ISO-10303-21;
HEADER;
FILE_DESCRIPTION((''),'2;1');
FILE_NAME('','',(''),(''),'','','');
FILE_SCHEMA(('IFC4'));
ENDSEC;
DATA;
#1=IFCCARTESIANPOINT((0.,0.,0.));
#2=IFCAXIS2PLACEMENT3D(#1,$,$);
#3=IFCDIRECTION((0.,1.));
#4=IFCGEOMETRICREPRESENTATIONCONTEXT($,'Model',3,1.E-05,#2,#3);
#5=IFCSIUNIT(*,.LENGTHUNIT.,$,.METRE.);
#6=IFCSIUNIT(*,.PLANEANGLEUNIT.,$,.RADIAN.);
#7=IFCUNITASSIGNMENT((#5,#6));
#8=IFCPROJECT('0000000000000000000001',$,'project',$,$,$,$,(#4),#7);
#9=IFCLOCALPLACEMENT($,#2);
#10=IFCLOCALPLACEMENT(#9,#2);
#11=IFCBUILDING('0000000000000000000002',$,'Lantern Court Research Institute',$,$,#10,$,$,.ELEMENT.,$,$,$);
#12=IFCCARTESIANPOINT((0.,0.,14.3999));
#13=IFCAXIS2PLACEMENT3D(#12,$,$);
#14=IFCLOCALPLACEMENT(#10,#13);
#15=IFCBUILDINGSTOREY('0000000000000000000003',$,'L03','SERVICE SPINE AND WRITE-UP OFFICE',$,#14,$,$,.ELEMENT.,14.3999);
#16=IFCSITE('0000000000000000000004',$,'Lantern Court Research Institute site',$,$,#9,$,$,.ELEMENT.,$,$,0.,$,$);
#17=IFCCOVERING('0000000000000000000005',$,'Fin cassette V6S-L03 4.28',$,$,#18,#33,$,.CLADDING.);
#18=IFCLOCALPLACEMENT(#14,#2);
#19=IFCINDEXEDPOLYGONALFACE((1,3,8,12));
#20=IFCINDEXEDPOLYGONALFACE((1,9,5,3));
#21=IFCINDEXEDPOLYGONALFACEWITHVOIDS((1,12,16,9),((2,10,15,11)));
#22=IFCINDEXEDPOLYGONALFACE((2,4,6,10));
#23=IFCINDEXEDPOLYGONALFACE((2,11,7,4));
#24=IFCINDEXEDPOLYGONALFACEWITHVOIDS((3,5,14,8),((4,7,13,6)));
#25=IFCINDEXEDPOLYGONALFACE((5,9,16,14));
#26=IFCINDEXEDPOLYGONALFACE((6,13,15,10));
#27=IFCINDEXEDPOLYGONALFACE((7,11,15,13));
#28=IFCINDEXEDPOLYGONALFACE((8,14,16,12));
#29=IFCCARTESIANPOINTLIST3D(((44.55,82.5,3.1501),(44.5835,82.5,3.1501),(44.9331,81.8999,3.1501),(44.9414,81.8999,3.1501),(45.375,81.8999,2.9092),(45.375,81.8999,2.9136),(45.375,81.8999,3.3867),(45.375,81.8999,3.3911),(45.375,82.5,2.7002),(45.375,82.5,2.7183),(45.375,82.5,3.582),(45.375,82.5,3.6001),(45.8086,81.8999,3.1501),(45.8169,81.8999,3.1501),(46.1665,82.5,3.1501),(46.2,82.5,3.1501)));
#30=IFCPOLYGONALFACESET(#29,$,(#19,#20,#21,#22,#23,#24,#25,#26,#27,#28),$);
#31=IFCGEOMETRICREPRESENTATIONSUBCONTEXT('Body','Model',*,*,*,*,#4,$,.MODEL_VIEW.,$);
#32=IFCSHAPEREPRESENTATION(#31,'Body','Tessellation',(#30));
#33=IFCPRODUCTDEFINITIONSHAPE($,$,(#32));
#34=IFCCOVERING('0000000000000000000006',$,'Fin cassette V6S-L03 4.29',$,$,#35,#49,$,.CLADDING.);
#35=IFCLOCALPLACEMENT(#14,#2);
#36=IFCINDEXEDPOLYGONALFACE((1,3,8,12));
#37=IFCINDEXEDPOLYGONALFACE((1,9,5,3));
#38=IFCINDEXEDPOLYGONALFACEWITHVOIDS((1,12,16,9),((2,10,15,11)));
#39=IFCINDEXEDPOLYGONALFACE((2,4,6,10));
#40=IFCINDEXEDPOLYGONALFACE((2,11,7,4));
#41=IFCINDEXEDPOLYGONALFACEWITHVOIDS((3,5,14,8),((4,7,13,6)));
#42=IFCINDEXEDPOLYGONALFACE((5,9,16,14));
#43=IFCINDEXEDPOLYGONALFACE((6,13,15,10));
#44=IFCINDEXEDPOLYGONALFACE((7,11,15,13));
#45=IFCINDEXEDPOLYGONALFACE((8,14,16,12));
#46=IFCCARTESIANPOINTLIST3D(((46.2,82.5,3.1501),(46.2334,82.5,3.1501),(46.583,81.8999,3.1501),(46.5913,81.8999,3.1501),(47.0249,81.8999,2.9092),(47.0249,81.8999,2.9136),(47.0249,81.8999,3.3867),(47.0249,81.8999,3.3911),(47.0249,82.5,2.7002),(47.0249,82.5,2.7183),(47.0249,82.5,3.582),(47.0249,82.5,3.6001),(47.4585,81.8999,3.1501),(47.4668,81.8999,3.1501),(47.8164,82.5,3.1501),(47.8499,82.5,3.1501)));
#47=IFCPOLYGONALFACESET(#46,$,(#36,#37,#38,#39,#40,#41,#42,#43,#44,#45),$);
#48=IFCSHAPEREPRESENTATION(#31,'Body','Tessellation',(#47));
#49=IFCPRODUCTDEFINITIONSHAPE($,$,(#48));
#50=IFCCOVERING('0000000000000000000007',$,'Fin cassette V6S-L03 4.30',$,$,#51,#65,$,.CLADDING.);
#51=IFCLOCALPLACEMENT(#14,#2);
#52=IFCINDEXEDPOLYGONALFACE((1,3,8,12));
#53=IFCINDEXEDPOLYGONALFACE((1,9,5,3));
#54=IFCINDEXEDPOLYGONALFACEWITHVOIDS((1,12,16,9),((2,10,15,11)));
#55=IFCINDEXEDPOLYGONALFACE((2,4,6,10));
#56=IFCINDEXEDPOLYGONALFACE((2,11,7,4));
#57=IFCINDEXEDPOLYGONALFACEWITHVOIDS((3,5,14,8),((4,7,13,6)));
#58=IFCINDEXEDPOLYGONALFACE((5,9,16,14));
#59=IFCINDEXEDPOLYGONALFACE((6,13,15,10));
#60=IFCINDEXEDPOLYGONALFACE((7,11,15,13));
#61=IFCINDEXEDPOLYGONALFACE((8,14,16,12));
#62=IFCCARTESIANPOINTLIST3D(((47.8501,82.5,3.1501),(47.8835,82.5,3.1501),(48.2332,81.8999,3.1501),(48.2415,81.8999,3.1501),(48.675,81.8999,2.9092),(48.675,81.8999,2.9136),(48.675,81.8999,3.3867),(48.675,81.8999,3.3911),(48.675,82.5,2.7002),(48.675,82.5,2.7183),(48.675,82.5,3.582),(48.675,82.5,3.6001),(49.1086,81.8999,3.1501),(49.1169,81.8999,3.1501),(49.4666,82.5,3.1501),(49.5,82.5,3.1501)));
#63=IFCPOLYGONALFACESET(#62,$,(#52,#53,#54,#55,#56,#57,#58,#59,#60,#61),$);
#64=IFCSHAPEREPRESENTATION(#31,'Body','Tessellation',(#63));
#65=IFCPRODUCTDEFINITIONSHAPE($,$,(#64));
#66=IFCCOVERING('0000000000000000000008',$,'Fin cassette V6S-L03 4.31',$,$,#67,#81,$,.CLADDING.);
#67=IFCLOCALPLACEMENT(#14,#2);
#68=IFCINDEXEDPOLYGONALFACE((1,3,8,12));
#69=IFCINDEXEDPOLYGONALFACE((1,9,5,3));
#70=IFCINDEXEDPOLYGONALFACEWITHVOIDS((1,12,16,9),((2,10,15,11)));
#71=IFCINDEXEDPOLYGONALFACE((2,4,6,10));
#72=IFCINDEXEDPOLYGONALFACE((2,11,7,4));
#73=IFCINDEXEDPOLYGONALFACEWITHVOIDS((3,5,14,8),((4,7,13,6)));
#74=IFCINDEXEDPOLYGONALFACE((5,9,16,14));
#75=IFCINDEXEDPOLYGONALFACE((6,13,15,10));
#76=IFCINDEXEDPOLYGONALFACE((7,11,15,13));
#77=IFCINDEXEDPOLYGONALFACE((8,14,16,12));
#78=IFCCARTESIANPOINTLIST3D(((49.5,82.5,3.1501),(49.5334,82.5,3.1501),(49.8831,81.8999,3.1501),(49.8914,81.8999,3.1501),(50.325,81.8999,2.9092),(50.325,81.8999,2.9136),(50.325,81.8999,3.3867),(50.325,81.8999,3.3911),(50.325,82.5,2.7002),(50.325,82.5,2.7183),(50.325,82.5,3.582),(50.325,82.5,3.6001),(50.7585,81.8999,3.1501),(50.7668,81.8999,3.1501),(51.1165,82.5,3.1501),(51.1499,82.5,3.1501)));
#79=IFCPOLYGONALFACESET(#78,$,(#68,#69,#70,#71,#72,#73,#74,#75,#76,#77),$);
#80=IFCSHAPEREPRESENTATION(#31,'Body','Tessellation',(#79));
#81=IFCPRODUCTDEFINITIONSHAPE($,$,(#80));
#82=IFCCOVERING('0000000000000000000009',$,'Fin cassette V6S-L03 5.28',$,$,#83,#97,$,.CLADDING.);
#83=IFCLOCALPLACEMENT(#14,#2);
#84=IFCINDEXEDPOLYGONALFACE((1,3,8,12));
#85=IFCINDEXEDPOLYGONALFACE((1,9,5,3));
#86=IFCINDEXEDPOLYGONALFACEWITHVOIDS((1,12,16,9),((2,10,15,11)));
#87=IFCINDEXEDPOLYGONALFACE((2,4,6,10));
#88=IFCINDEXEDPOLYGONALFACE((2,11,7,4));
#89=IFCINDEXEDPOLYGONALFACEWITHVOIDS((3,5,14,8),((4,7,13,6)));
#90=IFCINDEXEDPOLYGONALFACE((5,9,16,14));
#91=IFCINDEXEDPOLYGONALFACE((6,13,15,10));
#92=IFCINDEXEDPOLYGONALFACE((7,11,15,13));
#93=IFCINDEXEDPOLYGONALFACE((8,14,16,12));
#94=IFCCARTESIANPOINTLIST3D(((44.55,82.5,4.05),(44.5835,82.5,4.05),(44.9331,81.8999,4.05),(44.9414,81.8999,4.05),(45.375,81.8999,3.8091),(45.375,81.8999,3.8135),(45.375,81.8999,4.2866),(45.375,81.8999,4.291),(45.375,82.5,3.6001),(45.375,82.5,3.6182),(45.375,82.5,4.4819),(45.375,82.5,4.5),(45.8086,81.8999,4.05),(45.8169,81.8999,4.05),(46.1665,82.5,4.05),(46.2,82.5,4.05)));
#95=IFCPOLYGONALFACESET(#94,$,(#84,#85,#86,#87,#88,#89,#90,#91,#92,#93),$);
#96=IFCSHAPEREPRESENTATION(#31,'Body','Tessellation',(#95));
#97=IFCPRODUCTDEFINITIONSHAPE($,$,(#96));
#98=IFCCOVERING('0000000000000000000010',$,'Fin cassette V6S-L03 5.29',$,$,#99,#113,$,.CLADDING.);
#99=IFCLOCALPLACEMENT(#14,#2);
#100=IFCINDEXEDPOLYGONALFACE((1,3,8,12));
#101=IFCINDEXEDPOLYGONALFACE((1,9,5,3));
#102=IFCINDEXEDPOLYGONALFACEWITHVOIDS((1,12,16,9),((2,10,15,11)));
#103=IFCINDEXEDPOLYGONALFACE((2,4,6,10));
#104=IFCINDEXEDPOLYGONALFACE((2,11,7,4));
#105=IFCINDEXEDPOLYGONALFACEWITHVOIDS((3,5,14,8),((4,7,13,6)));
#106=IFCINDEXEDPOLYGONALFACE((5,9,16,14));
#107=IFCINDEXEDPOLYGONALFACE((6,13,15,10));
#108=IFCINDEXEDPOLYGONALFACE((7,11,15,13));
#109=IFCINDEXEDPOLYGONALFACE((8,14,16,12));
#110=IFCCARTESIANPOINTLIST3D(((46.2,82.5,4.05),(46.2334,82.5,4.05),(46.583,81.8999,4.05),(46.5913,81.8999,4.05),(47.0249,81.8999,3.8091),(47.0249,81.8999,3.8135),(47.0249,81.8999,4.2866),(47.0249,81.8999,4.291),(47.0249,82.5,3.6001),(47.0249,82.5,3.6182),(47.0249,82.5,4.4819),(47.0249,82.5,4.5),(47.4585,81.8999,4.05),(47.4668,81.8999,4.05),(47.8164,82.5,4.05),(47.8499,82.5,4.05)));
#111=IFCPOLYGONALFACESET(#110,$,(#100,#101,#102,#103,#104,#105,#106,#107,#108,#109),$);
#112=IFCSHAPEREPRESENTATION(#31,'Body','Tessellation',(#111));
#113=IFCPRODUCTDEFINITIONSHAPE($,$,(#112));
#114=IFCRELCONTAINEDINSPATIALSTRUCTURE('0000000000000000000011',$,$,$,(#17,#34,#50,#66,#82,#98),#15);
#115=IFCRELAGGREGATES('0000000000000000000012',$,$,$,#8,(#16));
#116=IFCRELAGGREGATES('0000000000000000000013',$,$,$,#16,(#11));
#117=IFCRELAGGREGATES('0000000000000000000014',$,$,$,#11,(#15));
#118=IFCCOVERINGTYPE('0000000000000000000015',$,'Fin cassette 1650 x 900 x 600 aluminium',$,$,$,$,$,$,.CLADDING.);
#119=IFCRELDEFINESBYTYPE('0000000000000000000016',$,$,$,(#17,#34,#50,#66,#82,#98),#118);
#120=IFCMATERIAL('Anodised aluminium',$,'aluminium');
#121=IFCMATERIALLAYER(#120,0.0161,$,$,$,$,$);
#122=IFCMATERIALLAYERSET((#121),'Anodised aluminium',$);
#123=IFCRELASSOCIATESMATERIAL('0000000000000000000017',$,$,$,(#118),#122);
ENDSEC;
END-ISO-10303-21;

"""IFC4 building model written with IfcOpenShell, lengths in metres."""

from ifc_helpers import new_model, entity, si_unit, direction, frame, origin, place, context, subcontext, project, spatial, material, layer, layer_set, type_object, element, save


model = new_model("IFC4")

# Units and contexts
model_context = context("Model", 3, precision=1e-05, world=origin(), true_north=direction((0.0, 1.0)))
body_context = subcontext(model_context, "Body", "Model", "MODEL_VIEW")
ifc_project = project(units=[si_unit("LENGTHUNIT", "METRE"), si_unit("PLANEANGLEUNIT", "RADIAN")], contexts=[model_context])

# Site, building, storey
site_placement = place(None, origin())
site = spatial("IfcSite", under=ifc_project, at=site_placement, Name="Lantern Court Research Institute site", CompositionType="ELEMENT", RefElevation=0.0)
building_placement = place(site_placement, origin())
building = spatial("IfcBuilding", under=site, at=building_placement, Name="Lantern Court Research Institute", CompositionType="ELEMENT")
storey_placement = place(building_placement, frame((0.0, 0.0, 14.3999)))
storey = spatial("IfcBuildingStorey", under=building, at=storey_placement, Name="L03", Description="SERVICE SPINE AND WRITE-UP OFFICE", CompositionType="ELEMENT", Elevation=14.3999)

# Coverings
ifc_material_1 = material(Name="Anodised aluminium", Category="aluminium")
ifc_layer_1 = layer(ifc_material_1, 0.0161)
ifc_layer_set_1 = layer_set([ifc_layer_1], Name="Anodised aluminium")
covering_type = type_object("IfcCoveringType", Name="Fin cassette 1650 x 900 x 600 aluminium", PredefinedType="CLADDING", material=ifc_layer_set_1)
covering_1_placement = place(storey_placement, frame((45.375, 82.5, 3.1501), z_axis=(0.0, -1.0, 0.0), x_axis=(1.0, 0.0, 0.0)))
cartesian_point_1 = entity("IfcCartesianPoint", [0.825, 0.0])
cartesian_point_2 = entity("IfcCartesianPoint", [0.7915, 0.0])
cartesian_point_3 = entity("IfcCartesianPoint", [0.4419, 0.0])
cartesian_point_4 = entity("IfcCartesianPoint", [0.4336, 0.0])
element("IfcCovering", 1, at=covering_1_placement, inside=storey, type_object=covering_type, Name="Fin cassette V6S-L03 4.28", PredefinedType="CLADDING", context=body_context, shape_type="SweptSolid", body=[
    entity("IfcExtrudedAreaSolidTapered", entity("IfcArbitraryProfileDefWithVoids", "AREA", None, entity("IfcPolyline", [cartesian_point_1, entity("IfcCartesianPoint", [0.0, 0.45]), entity("IfcCartesianPoint", [-0.825, 0.0]), entity("IfcCartesianPoint", [0.0, -0.45]), cartesian_point_1]), [entity("IfcPolyline", [cartesian_point_2, entity("IfcCartesianPoint", [0.0, 0.4319]), entity("IfcCartesianPoint", [-0.7915, 0.0]), entity("IfcCartesianPoint", [0.0, -0.4319]), cartesian_point_2])]), entity("IfcAxis2Placement3D", entity("IfcCartesianPoint", [0.0, 0.0, 0.0])), entity("IfcDirection", [0.0, 0.0, 1.0]), 0.6001, entity("IfcArbitraryProfileDefWithVoids", "AREA", None, entity("IfcPolyline", [cartesian_point_3, entity("IfcCartesianPoint", [0.0, 0.241]), entity("IfcCartesianPoint", [-0.4419, 0.0]), entity("IfcCartesianPoint", [0.0, -0.241]), cartesian_point_3]), [entity("IfcPolyline", [cartesian_point_4, entity("IfcCartesianPoint", [0.0, 0.2366]), entity("IfcCartesianPoint", [-0.4336, 0.0]), entity("IfcCartesianPoint", [0.0, -0.2366]), cartesian_point_4])])),
])
covering_2_placement = place(storey_placement, frame((47.0249, 82.5, 3.1501), z_axis=(0.0, -1.0, 0.0), x_axis=(1.0, 0.0, 0.0)))
cartesian_point_5 = entity("IfcCartesianPoint", [0.825, 0.0])
cartesian_point_6 = entity("IfcCartesianPoint", [0.7915, 0.0])
cartesian_point_7 = entity("IfcCartesianPoint", [0.4419, 0.0])
cartesian_point_8 = entity("IfcCartesianPoint", [0.4336, 0.0])
element("IfcCovering", 2, at=covering_2_placement, inside=storey, type_object=covering_type, Name="Fin cassette V6S-L03 4.29", PredefinedType="CLADDING", context=body_context, shape_type="SweptSolid", body=[
    entity("IfcExtrudedAreaSolidTapered", entity("IfcArbitraryProfileDefWithVoids", "AREA", None, entity("IfcPolyline", [cartesian_point_5, entity("IfcCartesianPoint", [0.0, 0.45]), entity("IfcCartesianPoint", [-0.825, 0.0]), entity("IfcCartesianPoint", [0.0, -0.45]), cartesian_point_5]), [entity("IfcPolyline", [cartesian_point_6, entity("IfcCartesianPoint", [0.0, 0.4319]), entity("IfcCartesianPoint", [-0.7915, 0.0]), entity("IfcCartesianPoint", [0.0, -0.4319]), cartesian_point_6])]), entity("IfcAxis2Placement3D", entity("IfcCartesianPoint", [0.0, 0.0, 0.0])), entity("IfcDirection", [0.0, 0.0, 1.0]), 0.6001, entity("IfcArbitraryProfileDefWithVoids", "AREA", None, entity("IfcPolyline", [cartesian_point_7, entity("IfcCartesianPoint", [0.0, 0.241]), entity("IfcCartesianPoint", [-0.4419, 0.0]), entity("IfcCartesianPoint", [0.0, -0.241]), cartesian_point_7]), [entity("IfcPolyline", [cartesian_point_8, entity("IfcCartesianPoint", [0.0, 0.2366]), entity("IfcCartesianPoint", [-0.4336, 0.0]), entity("IfcCartesianPoint", [0.0, -0.2366]), cartesian_point_8])])),
])
covering_3_placement = place(storey_placement, frame((48.675, 82.5, 3.1501), z_axis=(0.0, -1.0, 0.0), x_axis=(1.0, 0.0, 0.0)))
cartesian_point_9 = entity("IfcCartesianPoint", [0.825, 0.0])
cartesian_point_10 = entity("IfcCartesianPoint", [0.7915, 0.0])
cartesian_point_11 = entity("IfcCartesianPoint", [0.4419, 0.0])
cartesian_point_12 = entity("IfcCartesianPoint", [0.4336, 0.0])
element("IfcCovering", 3, at=covering_3_placement, inside=storey, type_object=covering_type, Name="Fin cassette V6S-L03 4.30", PredefinedType="CLADDING", context=body_context, shape_type="SweptSolid", body=[
    entity("IfcExtrudedAreaSolidTapered", entity("IfcArbitraryProfileDefWithVoids", "AREA", None, entity("IfcPolyline", [cartesian_point_9, entity("IfcCartesianPoint", [0.0, 0.45]), entity("IfcCartesianPoint", [-0.825, 0.0]), entity("IfcCartesianPoint", [0.0, -0.45]), cartesian_point_9]), [entity("IfcPolyline", [cartesian_point_10, entity("IfcCartesianPoint", [0.0, 0.4319]), entity("IfcCartesianPoint", [-0.7915, 0.0]), entity("IfcCartesianPoint", [0.0, -0.4319]), cartesian_point_10])]), entity("IfcAxis2Placement3D", entity("IfcCartesianPoint", [0.0, 0.0, 0.0])), entity("IfcDirection", [0.0, 0.0, 1.0]), 0.6001, entity("IfcArbitraryProfileDefWithVoids", "AREA", None, entity("IfcPolyline", [cartesian_point_11, entity("IfcCartesianPoint", [0.0, 0.241]), entity("IfcCartesianPoint", [-0.4419, 0.0]), entity("IfcCartesianPoint", [0.0, -0.241]), cartesian_point_11]), [entity("IfcPolyline", [cartesian_point_12, entity("IfcCartesianPoint", [0.0, 0.2366]), entity("IfcCartesianPoint", [-0.4336, 0.0]), entity("IfcCartesianPoint", [0.0, -0.2366]), cartesian_point_12])])),
])
covering_4_placement = place(storey_placement, frame((50.325, 82.5, 3.1501), z_axis=(0.0, -1.0, 0.0), x_axis=(1.0, 0.0, 0.0)))
cartesian_point_13 = entity("IfcCartesianPoint", [0.825, 0.0])
cartesian_point_14 = entity("IfcCartesianPoint", [0.7915, 0.0])
cartesian_point_15 = entity("IfcCartesianPoint", [0.4419, 0.0])
cartesian_point_16 = entity("IfcCartesianPoint", [0.4336, 0.0])
element("IfcCovering", 4, at=covering_4_placement, inside=storey, type_object=covering_type, Name="Fin cassette V6S-L03 4.31", PredefinedType="CLADDING", context=body_context, shape_type="SweptSolid", body=[
    entity("IfcExtrudedAreaSolidTapered", entity("IfcArbitraryProfileDefWithVoids", "AREA", None, entity("IfcPolyline", [cartesian_point_13, entity("IfcCartesianPoint", [0.0, 0.45]), entity("IfcCartesianPoint", [-0.825, 0.0]), entity("IfcCartesianPoint", [0.0, -0.45]), cartesian_point_13]), [entity("IfcPolyline", [cartesian_point_14, entity("IfcCartesianPoint", [0.0, 0.4319]), entity("IfcCartesianPoint", [-0.7915, 0.0]), entity("IfcCartesianPoint", [0.0, -0.4319]), cartesian_point_14])]), entity("IfcAxis2Placement3D", entity("IfcCartesianPoint", [0.0, 0.0, 0.0])), entity("IfcDirection", [0.0, 0.0, 1.0]), 0.6001, entity("IfcArbitraryProfileDefWithVoids", "AREA", None, entity("IfcPolyline", [cartesian_point_15, entity("IfcCartesianPoint", [0.0, 0.241]), entity("IfcCartesianPoint", [-0.4419, 0.0]), entity("IfcCartesianPoint", [0.0, -0.241]), cartesian_point_15]), [entity("IfcPolyline", [cartesian_point_16, entity("IfcCartesianPoint", [0.0, 0.2366]), entity("IfcCartesianPoint", [-0.4336, 0.0]), entity("IfcCartesianPoint", [0.0, -0.2366]), cartesian_point_16])])),
])
covering_5_placement = place(storey_placement, frame((45.375, 82.5, 4.05), z_axis=(0.0, -1.0, 0.0), x_axis=(1.0, 0.0, 0.0)))
cartesian_point_17 = entity("IfcCartesianPoint", [0.825, 0.0])
cartesian_point_18 = entity("IfcCartesianPoint", [0.7915, 0.0])
cartesian_point_19 = entity("IfcCartesianPoint", [0.4419, 0.0])
cartesian_point_20 = entity("IfcCartesianPoint", [0.4336, 0.0])
element("IfcCovering", 5, at=covering_5_placement, inside=storey, type_object=covering_type, Name="Fin cassette V6S-L03 5.28", PredefinedType="CLADDING", context=body_context, shape_type="SweptSolid", body=[
    entity("IfcExtrudedAreaSolidTapered", entity("IfcArbitraryProfileDefWithVoids", "AREA", None, entity("IfcPolyline", [cartesian_point_17, entity("IfcCartesianPoint", [0.0, 0.45]), entity("IfcCartesianPoint", [-0.825, 0.0]), entity("IfcCartesianPoint", [0.0, -0.45]), cartesian_point_17]), [entity("IfcPolyline", [cartesian_point_18, entity("IfcCartesianPoint", [0.0, 0.4319]), entity("IfcCartesianPoint", [-0.7915, 0.0]), entity("IfcCartesianPoint", [0.0, -0.4319]), cartesian_point_18])]), entity("IfcAxis2Placement3D", entity("IfcCartesianPoint", [0.0, 0.0, 0.0])), entity("IfcDirection", [0.0, 0.0, 1.0]), 0.6001, entity("IfcArbitraryProfileDefWithVoids", "AREA", None, entity("IfcPolyline", [cartesian_point_19, entity("IfcCartesianPoint", [0.0, 0.241]), entity("IfcCartesianPoint", [-0.4419, 0.0]), entity("IfcCartesianPoint", [0.0, -0.241]), cartesian_point_19]), [entity("IfcPolyline", [cartesian_point_20, entity("IfcCartesianPoint", [0.0, 0.2366]), entity("IfcCartesianPoint", [-0.4336, 0.0]), entity("IfcCartesianPoint", [0.0, -0.2366]), cartesian_point_20])])),
])
covering_6_placement = place(storey_placement, frame((47.0249, 82.5, 4.05), z_axis=(0.0, -1.0, 0.0), x_axis=(1.0, 0.0, 0.0)))
cartesian_point_21 = entity("IfcCartesianPoint", [0.825, 0.0])
cartesian_point_22 = entity("IfcCartesianPoint", [0.7915, 0.0])
cartesian_point_23 = entity("IfcCartesianPoint", [0.4419, 0.0])
cartesian_point_24 = entity("IfcCartesianPoint", [0.4336, 0.0])
element("IfcCovering", 6, at=covering_6_placement, inside=storey, type_object=covering_type, Name="Fin cassette V6S-L03 5.29", PredefinedType="CLADDING", context=body_context, shape_type="SweptSolid", body=[
    entity("IfcExtrudedAreaSolidTapered", entity("IfcArbitraryProfileDefWithVoids", "AREA", None, entity("IfcPolyline", [cartesian_point_21, entity("IfcCartesianPoint", [0.0, 0.45]), entity("IfcCartesianPoint", [-0.825, 0.0]), entity("IfcCartesianPoint", [0.0, -0.45]), cartesian_point_21]), [entity("IfcPolyline", [cartesian_point_22, entity("IfcCartesianPoint", [0.0, 0.4319]), entity("IfcCartesianPoint", [-0.7915, 0.0]), entity("IfcCartesianPoint", [0.0, -0.4319]), cartesian_point_22])]), entity("IfcAxis2Placement3D", entity("IfcCartesianPoint", [0.0, 0.0, 0.0])), entity("IfcDirection", [0.0, 0.0, 1.0]), 0.6001, entity("IfcArbitraryProfileDefWithVoids", "AREA", None, entity("IfcPolyline", [cartesian_point_23, entity("IfcCartesianPoint", [0.0, 0.241]), entity("IfcCartesianPoint", [-0.4419, 0.0]), entity("IfcCartesianPoint", [0.0, -0.241]), cartesian_point_23]), [entity("IfcPolyline", [cartesian_point_24, entity("IfcCartesianPoint", [0.0, 0.2366]), entity("IfcCartesianPoint", [-0.4336, 0.0]), entity("IfcCartesianPoint", [0.0, -0.2366]), cartesian_point_24])])),
])

save(model, "model.ifc")
